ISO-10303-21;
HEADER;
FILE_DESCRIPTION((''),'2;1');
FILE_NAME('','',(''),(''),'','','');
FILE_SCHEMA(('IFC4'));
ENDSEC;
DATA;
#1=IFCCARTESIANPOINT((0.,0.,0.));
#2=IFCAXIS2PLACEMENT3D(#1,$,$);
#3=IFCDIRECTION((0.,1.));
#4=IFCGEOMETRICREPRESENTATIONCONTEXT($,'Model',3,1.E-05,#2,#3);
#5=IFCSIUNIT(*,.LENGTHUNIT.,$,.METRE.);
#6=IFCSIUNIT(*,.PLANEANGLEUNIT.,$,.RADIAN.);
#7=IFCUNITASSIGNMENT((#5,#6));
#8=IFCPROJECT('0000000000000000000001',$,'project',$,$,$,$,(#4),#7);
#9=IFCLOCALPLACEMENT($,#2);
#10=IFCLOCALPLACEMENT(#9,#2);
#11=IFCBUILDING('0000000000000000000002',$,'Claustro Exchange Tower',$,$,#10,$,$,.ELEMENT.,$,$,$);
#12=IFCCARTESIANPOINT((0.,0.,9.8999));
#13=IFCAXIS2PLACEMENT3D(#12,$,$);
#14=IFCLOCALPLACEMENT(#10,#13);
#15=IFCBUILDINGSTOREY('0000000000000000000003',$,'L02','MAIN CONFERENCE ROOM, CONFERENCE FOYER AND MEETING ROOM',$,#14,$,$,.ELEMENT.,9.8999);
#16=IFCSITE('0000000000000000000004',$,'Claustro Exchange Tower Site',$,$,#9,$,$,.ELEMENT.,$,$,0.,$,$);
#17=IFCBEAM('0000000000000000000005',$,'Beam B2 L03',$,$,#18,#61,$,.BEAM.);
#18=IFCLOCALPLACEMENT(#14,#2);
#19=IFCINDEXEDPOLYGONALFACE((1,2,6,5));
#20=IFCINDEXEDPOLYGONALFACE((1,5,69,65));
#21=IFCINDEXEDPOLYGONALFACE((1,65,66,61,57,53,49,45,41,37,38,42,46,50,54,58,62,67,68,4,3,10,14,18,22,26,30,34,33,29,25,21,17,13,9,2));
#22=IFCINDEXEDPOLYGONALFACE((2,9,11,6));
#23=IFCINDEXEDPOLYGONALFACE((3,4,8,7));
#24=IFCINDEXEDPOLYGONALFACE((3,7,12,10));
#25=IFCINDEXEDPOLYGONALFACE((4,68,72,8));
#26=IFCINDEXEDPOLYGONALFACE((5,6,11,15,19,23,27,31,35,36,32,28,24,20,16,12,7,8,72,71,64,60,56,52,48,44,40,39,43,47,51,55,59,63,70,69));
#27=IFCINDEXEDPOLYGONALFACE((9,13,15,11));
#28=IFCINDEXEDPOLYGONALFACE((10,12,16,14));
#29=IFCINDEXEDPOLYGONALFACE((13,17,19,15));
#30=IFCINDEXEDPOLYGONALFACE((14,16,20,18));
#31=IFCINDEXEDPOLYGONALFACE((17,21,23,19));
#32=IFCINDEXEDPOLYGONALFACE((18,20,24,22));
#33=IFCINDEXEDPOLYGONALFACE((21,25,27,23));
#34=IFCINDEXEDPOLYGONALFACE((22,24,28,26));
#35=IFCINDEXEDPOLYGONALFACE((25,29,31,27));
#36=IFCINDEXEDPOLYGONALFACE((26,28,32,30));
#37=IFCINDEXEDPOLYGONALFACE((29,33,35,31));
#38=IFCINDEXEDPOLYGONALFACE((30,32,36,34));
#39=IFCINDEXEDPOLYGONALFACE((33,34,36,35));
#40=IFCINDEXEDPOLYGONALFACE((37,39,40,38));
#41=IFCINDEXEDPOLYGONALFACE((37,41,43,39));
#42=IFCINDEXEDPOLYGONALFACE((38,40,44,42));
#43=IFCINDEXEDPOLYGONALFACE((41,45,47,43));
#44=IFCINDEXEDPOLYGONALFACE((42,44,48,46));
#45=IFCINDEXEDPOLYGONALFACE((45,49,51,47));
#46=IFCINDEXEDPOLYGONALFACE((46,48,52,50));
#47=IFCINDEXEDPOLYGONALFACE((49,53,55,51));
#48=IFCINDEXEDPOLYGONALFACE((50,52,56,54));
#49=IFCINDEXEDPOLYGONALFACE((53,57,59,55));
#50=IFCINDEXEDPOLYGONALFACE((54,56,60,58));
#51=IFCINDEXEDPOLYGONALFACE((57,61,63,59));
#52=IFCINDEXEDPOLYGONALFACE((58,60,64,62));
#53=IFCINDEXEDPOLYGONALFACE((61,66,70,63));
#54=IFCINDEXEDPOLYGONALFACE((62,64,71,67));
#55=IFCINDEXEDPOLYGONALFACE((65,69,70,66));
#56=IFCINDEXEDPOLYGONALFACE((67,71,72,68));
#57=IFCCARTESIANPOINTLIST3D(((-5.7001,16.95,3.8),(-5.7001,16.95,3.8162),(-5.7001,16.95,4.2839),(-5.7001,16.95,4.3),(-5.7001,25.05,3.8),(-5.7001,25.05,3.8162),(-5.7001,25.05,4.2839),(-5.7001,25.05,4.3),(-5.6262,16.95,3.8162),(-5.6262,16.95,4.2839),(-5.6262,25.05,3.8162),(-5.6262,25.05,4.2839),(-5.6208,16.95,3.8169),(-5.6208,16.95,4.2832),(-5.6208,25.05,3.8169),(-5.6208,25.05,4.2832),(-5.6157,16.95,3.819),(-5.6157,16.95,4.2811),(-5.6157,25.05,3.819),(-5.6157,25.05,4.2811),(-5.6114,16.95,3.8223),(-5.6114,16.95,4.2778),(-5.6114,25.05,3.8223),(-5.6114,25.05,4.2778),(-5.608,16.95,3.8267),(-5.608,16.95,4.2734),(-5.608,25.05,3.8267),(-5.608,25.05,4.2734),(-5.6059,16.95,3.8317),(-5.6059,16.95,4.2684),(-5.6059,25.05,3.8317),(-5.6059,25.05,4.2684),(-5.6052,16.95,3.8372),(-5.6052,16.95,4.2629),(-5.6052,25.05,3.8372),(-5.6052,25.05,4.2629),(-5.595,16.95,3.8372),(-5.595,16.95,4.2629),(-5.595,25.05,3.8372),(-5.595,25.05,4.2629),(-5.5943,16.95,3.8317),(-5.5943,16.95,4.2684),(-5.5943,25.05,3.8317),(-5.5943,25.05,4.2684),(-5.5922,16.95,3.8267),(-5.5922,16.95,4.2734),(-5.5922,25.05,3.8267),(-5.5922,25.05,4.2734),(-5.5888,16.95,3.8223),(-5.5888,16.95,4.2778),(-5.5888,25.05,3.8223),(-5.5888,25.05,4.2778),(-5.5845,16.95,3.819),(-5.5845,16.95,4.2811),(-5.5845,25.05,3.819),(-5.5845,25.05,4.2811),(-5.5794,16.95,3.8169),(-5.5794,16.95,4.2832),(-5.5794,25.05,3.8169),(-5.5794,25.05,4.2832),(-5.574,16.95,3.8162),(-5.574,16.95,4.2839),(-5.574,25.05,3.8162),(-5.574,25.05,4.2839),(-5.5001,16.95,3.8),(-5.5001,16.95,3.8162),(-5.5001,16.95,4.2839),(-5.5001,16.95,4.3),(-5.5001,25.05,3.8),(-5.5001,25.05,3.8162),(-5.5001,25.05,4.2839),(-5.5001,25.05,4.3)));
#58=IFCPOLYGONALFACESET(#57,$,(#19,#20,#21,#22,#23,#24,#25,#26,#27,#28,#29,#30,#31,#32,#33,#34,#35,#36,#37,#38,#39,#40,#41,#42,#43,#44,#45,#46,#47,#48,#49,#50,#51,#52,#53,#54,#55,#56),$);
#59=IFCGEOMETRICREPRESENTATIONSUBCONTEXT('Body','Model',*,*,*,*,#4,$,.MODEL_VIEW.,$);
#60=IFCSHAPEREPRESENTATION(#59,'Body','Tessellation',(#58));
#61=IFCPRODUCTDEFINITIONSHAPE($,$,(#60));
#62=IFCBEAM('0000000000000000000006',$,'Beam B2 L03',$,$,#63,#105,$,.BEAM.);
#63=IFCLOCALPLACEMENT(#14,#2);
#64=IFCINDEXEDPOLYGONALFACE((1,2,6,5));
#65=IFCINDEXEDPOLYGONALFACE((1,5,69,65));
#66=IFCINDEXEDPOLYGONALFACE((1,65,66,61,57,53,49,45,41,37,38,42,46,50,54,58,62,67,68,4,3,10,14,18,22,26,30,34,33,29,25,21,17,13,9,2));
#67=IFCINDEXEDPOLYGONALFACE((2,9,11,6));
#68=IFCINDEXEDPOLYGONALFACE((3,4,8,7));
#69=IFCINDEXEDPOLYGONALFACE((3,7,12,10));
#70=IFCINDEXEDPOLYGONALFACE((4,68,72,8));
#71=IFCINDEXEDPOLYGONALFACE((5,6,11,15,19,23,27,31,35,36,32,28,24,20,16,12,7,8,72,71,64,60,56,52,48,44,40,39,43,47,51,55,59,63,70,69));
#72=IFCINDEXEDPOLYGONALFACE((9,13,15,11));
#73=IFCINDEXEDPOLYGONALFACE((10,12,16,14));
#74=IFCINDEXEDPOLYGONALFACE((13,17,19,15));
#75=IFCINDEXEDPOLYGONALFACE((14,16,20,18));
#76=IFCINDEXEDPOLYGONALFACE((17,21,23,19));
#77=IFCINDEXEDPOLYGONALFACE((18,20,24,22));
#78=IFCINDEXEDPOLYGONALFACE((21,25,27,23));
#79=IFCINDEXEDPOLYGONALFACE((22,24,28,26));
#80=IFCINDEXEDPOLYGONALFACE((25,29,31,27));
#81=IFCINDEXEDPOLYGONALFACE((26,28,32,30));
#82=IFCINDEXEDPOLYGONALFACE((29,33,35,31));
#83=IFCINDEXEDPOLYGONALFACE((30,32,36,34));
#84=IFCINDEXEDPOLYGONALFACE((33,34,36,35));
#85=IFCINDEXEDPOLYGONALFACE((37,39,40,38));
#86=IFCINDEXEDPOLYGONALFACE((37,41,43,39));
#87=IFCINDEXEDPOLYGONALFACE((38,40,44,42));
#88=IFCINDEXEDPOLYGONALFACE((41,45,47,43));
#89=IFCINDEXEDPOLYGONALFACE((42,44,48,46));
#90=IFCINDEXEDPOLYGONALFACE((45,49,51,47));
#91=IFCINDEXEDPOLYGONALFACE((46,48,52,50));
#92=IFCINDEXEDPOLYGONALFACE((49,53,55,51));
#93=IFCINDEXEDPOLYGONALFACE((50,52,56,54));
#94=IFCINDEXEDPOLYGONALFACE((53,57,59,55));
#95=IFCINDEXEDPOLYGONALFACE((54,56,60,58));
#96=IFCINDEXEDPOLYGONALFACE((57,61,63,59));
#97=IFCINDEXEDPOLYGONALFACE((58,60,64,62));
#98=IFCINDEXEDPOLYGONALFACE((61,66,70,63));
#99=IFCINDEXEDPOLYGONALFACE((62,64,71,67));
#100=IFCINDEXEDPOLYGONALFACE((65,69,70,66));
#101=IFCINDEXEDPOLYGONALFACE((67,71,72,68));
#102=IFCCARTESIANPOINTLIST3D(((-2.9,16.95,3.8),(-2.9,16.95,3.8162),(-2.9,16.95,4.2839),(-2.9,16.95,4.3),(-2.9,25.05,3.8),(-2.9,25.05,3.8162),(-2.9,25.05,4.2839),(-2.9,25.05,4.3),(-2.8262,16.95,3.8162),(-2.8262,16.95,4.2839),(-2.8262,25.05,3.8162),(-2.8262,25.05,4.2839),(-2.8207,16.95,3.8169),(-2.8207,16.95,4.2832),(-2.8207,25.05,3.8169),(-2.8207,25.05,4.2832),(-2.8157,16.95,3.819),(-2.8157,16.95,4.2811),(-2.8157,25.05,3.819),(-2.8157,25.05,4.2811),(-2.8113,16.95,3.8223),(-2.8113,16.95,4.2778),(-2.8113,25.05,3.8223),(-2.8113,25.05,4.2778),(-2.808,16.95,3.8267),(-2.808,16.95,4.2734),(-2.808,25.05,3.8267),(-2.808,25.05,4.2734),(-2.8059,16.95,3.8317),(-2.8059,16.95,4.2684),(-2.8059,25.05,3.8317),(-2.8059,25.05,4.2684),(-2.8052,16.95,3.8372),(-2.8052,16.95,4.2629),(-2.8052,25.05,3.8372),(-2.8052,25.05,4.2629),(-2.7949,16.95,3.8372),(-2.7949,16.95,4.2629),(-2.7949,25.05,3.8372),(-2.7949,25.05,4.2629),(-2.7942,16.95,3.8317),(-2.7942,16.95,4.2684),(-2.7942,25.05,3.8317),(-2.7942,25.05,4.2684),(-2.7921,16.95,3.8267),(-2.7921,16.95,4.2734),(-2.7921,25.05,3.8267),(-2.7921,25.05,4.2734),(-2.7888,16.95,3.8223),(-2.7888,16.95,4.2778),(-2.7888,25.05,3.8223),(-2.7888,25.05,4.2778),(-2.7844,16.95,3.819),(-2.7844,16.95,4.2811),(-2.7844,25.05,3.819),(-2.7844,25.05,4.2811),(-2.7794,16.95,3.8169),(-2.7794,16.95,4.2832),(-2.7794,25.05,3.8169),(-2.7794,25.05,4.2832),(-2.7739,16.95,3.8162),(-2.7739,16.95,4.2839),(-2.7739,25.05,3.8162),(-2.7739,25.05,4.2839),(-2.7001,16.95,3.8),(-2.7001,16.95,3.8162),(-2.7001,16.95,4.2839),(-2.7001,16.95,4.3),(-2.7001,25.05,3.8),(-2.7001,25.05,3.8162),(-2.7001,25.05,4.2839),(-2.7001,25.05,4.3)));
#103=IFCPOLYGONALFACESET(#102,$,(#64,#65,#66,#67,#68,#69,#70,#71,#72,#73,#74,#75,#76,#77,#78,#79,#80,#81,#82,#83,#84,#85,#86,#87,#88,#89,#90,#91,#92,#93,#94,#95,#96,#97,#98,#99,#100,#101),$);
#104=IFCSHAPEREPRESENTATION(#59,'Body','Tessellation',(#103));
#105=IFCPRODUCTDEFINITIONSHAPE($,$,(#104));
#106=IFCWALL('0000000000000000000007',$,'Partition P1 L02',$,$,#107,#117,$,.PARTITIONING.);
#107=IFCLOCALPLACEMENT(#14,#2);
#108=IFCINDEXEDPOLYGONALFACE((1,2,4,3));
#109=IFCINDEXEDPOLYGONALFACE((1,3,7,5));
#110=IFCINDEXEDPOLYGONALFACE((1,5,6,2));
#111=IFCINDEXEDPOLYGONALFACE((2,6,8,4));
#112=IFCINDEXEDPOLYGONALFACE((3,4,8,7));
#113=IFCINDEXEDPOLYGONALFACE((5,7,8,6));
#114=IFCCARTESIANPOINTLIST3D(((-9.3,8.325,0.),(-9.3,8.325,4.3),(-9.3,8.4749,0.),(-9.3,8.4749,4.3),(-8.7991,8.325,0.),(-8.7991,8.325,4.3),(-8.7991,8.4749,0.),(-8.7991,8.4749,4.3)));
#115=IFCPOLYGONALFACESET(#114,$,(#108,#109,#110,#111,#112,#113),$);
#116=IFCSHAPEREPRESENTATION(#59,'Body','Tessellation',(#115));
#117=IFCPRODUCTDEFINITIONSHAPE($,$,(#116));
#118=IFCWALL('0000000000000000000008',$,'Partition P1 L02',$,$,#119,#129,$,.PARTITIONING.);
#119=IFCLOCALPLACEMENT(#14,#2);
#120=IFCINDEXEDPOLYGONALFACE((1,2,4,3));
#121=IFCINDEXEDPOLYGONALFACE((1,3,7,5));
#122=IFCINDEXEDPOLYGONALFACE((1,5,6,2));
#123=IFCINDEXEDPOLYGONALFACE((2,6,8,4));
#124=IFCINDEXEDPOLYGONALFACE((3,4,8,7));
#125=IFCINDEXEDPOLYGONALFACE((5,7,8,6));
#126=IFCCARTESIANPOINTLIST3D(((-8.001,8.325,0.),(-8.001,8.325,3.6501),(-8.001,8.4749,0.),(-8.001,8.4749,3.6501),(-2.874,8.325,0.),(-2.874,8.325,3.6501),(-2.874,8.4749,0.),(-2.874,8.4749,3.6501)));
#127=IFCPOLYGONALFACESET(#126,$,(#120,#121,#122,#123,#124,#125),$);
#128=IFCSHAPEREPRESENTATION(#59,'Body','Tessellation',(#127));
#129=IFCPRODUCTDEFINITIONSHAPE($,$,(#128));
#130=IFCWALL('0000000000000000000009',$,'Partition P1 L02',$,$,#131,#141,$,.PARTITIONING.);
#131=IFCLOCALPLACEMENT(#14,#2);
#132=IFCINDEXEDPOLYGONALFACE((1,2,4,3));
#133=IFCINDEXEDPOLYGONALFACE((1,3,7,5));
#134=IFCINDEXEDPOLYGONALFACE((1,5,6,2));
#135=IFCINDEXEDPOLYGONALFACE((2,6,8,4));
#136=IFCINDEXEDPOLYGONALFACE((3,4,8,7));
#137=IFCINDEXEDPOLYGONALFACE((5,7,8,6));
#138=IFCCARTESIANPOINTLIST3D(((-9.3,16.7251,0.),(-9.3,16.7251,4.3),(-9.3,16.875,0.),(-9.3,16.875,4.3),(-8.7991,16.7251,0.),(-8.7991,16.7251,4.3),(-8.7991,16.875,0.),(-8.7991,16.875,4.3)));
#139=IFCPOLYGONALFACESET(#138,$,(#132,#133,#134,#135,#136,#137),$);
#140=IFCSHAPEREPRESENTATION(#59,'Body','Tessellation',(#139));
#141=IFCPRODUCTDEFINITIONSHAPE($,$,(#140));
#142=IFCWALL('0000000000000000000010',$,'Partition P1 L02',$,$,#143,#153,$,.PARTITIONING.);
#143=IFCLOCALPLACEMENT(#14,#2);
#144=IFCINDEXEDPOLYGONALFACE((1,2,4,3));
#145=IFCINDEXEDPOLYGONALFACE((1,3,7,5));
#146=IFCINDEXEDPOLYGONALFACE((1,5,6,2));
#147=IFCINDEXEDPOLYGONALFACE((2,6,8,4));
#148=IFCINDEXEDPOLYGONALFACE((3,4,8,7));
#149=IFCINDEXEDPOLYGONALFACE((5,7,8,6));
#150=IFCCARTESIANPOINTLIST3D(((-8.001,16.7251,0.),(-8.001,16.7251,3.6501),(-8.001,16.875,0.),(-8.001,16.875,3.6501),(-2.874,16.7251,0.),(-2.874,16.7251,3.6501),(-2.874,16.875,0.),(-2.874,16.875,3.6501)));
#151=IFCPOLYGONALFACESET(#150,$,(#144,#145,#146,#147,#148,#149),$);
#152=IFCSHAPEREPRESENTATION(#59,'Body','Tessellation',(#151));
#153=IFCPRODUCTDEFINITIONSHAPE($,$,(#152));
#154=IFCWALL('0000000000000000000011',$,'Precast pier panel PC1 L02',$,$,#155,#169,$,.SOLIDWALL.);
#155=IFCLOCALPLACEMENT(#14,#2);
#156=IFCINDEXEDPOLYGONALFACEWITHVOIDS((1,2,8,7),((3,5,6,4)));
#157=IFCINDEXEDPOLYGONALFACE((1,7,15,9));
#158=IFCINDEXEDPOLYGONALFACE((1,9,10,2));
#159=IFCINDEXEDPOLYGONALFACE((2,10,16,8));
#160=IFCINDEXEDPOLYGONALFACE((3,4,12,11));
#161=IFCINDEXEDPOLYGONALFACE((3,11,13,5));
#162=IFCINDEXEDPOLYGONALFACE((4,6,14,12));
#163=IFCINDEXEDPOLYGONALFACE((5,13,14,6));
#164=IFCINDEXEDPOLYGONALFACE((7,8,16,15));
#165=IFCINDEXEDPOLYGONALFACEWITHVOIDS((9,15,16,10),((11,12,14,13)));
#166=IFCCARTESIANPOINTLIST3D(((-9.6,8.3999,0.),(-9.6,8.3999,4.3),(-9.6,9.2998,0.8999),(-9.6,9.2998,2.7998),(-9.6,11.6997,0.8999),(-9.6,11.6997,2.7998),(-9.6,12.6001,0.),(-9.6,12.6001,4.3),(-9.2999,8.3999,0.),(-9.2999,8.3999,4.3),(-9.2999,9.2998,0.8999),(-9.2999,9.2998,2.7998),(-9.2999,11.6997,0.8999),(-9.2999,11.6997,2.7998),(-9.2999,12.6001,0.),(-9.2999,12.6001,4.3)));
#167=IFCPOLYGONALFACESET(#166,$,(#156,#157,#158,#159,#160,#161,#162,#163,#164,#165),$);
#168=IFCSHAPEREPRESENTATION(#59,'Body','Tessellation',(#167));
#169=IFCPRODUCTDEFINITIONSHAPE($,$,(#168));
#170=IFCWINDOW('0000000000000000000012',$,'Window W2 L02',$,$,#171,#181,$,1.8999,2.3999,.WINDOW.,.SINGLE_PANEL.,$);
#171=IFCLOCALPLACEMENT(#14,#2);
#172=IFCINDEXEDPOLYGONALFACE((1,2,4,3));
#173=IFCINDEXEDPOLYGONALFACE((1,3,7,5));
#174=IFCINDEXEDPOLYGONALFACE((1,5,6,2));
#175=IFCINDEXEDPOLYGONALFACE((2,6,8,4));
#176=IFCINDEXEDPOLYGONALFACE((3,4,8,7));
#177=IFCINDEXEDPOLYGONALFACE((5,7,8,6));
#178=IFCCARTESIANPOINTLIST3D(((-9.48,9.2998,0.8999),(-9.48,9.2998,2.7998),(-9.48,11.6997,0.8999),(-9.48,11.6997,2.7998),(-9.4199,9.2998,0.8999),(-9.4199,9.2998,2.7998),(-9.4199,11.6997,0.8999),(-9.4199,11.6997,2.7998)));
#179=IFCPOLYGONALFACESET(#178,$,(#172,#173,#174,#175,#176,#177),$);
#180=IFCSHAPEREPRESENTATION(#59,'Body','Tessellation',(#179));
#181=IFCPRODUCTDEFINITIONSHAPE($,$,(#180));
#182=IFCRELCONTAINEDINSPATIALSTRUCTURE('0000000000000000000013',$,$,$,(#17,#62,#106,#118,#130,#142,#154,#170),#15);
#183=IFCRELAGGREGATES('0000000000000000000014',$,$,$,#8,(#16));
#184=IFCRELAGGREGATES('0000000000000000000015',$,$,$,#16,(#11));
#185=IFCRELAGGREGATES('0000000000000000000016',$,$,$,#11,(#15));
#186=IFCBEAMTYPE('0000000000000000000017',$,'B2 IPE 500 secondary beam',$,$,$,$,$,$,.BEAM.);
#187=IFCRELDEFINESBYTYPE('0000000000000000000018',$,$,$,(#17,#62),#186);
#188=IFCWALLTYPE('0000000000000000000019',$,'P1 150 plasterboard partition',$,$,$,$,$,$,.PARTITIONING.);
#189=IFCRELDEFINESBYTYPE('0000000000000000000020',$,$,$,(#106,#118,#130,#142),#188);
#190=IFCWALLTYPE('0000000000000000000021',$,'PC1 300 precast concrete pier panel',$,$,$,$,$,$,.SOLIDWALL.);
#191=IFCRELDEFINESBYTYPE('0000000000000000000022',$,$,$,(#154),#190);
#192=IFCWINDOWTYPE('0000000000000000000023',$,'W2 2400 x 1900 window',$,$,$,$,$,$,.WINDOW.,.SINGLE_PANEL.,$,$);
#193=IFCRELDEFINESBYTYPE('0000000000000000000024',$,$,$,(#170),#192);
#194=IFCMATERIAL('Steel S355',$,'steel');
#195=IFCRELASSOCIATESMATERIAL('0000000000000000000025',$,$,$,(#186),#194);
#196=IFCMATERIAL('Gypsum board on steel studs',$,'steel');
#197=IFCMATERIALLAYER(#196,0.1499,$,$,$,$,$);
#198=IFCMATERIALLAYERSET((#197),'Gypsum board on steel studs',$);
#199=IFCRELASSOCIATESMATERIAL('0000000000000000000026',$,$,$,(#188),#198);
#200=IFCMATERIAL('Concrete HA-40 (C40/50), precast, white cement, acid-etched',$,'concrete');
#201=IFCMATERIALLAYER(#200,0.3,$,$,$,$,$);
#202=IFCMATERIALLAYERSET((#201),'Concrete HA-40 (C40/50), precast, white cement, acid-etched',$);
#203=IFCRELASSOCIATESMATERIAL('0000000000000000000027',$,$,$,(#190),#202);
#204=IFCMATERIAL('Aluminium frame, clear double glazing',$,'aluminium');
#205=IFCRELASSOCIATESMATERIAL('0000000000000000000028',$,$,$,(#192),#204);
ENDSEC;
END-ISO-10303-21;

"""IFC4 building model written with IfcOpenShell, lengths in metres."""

from ifc_helpers import new_model, si_unit, direction, frame, frame_2d, origin, origin_2d, place, context, subcontext, project, spatial, rectangle, i_section, extrude, material, layer, layer_set, material_profile, profile_set, type_object, element, fill, save


model = new_model("IFC4")

# Units and contexts
model_context = context("Model", 3, precision=1e-05, world=origin(), true_north=direction((0.0, 1.0)))
body_context = subcontext(model_context, "Body", "Model", "MODEL_VIEW")
ifc_project = project(units=[si_unit("LENGTHUNIT", "METRE"), si_unit("PLANEANGLEUNIT", "RADIAN")], contexts=[model_context])

# Site, building, storey
site_placement = place(None, origin())
site = spatial("IfcSite", under=ifc_project, at=site_placement, Name="Claustro Exchange Tower Site", CompositionType="ELEMENT", RefElevation=0.0)
building_placement = place(site_placement, origin())
building = spatial("IfcBuilding", under=site, at=building_placement, Name="Claustro Exchange Tower", CompositionType="ELEMENT")
storey_placement = place(building_placement, frame((0.0, 0.0, 9.8999)))
storey = spatial("IfcBuildingStorey", under=building, at=storey_placement, Name="L02", Description="MAIN CONFERENCE ROOM, CONFERENCE FOYER AND MEETING ROOM", CompositionType="ELEMENT", Elevation=9.8999)

# Beams
ifc_material_1 = material(Name="Steel S355", Category="steel")
ifc_material_profile_1 = material_profile(ifc_material_1, i_section(OverallWidth=0.2, OverallDepth=0.5, WebThickness=0.0103, FlangeThickness=0.0161, FilletRadius=0.021, at=origin_2d()), Name="IPE 500")
ifc_profile_set_1 = profile_set([ifc_material_profile_1], Name="Steel S355")
beam_type_1 = type_object("IfcBeamType", Name="B2 IPE 500 secondary beam", PredefinedType="BEAM", material=ifc_profile_set_1)
for number, where, z_axis, x_axis, name in (
    (1, (-5.6001, 16.95, 4.05), (0.0, 1.0, 0.0), (-1.0, 0.0, 0.0), "Beam B2 L03"),
    (2, (-2.8, 16.95, 4.05), (0.0, 1.0, 0.0), (-1.0, 0.0, 0.0), "Beam B2 L03"),
):
    element("IfcBeam", number, at=place(storey_placement, frame(where, z_axis=z_axis, x_axis=x_axis)), inside=storey, type_object=beam_type_1, Name=name, PredefinedType="BEAM", context=body_context, shape_type="SweptSolid", body=[
        extrude(i_section(OverallWidth=0.2, OverallDepth=0.5, WebThickness=0.0103, FlangeThickness=0.0161, FilletRadius=0.021, at=origin_2d()), origin(), (0.0, 0.0, 1.0), 8.1001),
    ])

# Walls
ifc_material_2 = material(Name="Gypsum board on steel studs", Category="steel")
ifc_layer_1 = layer(ifc_material_2, 0.1499)
ifc_layer_set_1 = layer_set([ifc_layer_1], Name="Gypsum board on steel studs")
wall_type_1 = type_object("IfcWallType", Name="P1 150 plasterboard partition", PredefinedType="PARTITIONING", material=ifc_layer_set_1)
wall_1_placement = place(storey_placement, frame((-9.3, 8.3999, 0.0), z_axis=(0.0, 0.0, 1.0), x_axis=(1.0, 0.0, 0.0)))
element("IfcWall", 3, at=wall_1_placement, inside=storey, type_object=wall_type_1, Name="Partition P1 L02", PredefinedType="PARTITIONING", context=body_context, shape_type="SweptSolid", body=[
    extrude(rectangle(XDim=0.501, YDim=0.1499, at=frame_2d((0.2505, 0.0))), origin(), (0.0, 0.0, 1.0), 4.3),
])
wall_2_placement = place(storey_placement, frame((-8.001, 8.3999, 0.0), z_axis=(0.0, 0.0, 1.0), x_axis=(1.0, 0.0, 0.0)))
element("IfcWall", 4, at=wall_2_placement, inside=storey, type_object=wall_type_1, Name="Partition P1 L02", PredefinedType="PARTITIONING", context=body_context, shape_type="SweptSolid", body=[
    extrude(rectangle(XDim=5.127, YDim=0.1499, at=frame_2d((2.5635, 0.0))), origin(), (0.0, 0.0, 1.0), 3.6501),
])
wall_3_placement = place(storey_placement, frame((-9.3, 16.8, 0.0), z_axis=(0.0, 0.0, 1.0), x_axis=(1.0, 0.0, 0.0)))
element("IfcWall", 5, at=wall_3_placement, inside=storey, type_object=wall_type_1, Name="Partition P1 L02", PredefinedType="PARTITIONING", context=body_context, shape_type="SweptSolid", body=[
    extrude(rectangle(XDim=0.501, YDim=0.1499, at=frame_2d((0.2505, 0.0))), origin(), (0.0, 0.0, 1.0), 4.3),
])
wall_4_placement = place(storey_placement, frame((-8.001, 16.8, 0.0), z_axis=(0.0, 0.0, 1.0), x_axis=(1.0, 0.0, 0.0)))
element("IfcWall", 6, at=wall_4_placement, inside=storey, type_object=wall_type_1, Name="Partition P1 L02", PredefinedType="PARTITIONING", context=body_context, shape_type="SweptSolid", body=[
    extrude(rectangle(XDim=5.127, YDim=0.1499, at=frame_2d((2.5635, 0.0))), origin(), (0.0, 0.0, 1.0), 3.6501),
])

# Wall, opening, window
ifc_material_3 = material(Name="Concrete HA-40 (C40/50), precast, white cement, acid-etched", Category="concrete")
ifc_layer_2 = layer(ifc_material_3, 0.3)
ifc_layer_set_2 = layer_set([ifc_layer_2], Name="Concrete HA-40 (C40/50), precast, white cement, acid-etched")
wall_type_2 = type_object("IfcWallType", Name="PC1 300 precast concrete pier panel", PredefinedType="SOLIDWALL", material=ifc_layer_set_2)
wall_5_placement = place(storey_placement, frame((-9.45, 8.3999, 0.0), z_axis=(0.0, 0.0, 1.0), x_axis=(0.0, 1.0, 0.0)))
wall_5 = element("IfcWall", 7, at=wall_5_placement, inside=storey, type_object=wall_type_2, Name="Precast pier panel PC1 L02", PredefinedType="SOLIDWALL", context=body_context, shape_type="SweptSolid", body=[
    extrude(rectangle(XDim=4.2002, YDim=0.3, at=frame_2d((2.1001, 0.0))), origin(), (0.0, 0.0, 1.0), 4.3),
])
opening_1_placement = place(wall_5_placement, frame((0.8999, 0.0, 0.8999)))
opening_1 = element("IfcOpeningElement", 8, at=opening_1_placement, cuts=wall_5, PredefinedType="OPENING", context=body_context, shape_type="SweptSolid", body=[
    extrude(rectangle(XDim=2.3999, YDim=1.8999, at=frame_2d((1.2, 0.95))), frame((0.0, 0.1599, 0.0), z_axis=(0.0, -1.0, 0.0), x_axis=(1.0, 0.0, 0.0)), (0.0, 0.0, 1.0), 0.3201),
])
ifc_material_4 = material(Name="Aluminium frame, clear double glazing", Category="aluminium")
window_type_1 = type_object("IfcWindowType", Name="W2 2400 x 1900 window", PartitioningType="SINGLE_PANEL", PredefinedType="WINDOW", material=ifc_material_4)
window_1_placement = place(opening_1_placement, origin())
window_1 = element("IfcWindow", 9, at=window_1_placement, inside=storey, type_object=window_type_1, Name="Window W2 L02", OverallHeight=1.8999, OverallWidth=2.3999, PartitioningType="SINGLE_PANEL", PredefinedType="WINDOW", context=body_context, shape_type="SweptSolid", body=[
    extrude(rectangle(XDim=2.3999, YDim=1.8999, at=frame_2d((1.2, 0.95))), frame((0.0, 0.03, 0.0), z_axis=(0.0, -1.0, 0.0), x_axis=(1.0, 0.0, 0.0)), (0.0, 0.0, 1.0), 0.0601),
])
fill(opening_1, window_1)

save(model, "model.ifc")
